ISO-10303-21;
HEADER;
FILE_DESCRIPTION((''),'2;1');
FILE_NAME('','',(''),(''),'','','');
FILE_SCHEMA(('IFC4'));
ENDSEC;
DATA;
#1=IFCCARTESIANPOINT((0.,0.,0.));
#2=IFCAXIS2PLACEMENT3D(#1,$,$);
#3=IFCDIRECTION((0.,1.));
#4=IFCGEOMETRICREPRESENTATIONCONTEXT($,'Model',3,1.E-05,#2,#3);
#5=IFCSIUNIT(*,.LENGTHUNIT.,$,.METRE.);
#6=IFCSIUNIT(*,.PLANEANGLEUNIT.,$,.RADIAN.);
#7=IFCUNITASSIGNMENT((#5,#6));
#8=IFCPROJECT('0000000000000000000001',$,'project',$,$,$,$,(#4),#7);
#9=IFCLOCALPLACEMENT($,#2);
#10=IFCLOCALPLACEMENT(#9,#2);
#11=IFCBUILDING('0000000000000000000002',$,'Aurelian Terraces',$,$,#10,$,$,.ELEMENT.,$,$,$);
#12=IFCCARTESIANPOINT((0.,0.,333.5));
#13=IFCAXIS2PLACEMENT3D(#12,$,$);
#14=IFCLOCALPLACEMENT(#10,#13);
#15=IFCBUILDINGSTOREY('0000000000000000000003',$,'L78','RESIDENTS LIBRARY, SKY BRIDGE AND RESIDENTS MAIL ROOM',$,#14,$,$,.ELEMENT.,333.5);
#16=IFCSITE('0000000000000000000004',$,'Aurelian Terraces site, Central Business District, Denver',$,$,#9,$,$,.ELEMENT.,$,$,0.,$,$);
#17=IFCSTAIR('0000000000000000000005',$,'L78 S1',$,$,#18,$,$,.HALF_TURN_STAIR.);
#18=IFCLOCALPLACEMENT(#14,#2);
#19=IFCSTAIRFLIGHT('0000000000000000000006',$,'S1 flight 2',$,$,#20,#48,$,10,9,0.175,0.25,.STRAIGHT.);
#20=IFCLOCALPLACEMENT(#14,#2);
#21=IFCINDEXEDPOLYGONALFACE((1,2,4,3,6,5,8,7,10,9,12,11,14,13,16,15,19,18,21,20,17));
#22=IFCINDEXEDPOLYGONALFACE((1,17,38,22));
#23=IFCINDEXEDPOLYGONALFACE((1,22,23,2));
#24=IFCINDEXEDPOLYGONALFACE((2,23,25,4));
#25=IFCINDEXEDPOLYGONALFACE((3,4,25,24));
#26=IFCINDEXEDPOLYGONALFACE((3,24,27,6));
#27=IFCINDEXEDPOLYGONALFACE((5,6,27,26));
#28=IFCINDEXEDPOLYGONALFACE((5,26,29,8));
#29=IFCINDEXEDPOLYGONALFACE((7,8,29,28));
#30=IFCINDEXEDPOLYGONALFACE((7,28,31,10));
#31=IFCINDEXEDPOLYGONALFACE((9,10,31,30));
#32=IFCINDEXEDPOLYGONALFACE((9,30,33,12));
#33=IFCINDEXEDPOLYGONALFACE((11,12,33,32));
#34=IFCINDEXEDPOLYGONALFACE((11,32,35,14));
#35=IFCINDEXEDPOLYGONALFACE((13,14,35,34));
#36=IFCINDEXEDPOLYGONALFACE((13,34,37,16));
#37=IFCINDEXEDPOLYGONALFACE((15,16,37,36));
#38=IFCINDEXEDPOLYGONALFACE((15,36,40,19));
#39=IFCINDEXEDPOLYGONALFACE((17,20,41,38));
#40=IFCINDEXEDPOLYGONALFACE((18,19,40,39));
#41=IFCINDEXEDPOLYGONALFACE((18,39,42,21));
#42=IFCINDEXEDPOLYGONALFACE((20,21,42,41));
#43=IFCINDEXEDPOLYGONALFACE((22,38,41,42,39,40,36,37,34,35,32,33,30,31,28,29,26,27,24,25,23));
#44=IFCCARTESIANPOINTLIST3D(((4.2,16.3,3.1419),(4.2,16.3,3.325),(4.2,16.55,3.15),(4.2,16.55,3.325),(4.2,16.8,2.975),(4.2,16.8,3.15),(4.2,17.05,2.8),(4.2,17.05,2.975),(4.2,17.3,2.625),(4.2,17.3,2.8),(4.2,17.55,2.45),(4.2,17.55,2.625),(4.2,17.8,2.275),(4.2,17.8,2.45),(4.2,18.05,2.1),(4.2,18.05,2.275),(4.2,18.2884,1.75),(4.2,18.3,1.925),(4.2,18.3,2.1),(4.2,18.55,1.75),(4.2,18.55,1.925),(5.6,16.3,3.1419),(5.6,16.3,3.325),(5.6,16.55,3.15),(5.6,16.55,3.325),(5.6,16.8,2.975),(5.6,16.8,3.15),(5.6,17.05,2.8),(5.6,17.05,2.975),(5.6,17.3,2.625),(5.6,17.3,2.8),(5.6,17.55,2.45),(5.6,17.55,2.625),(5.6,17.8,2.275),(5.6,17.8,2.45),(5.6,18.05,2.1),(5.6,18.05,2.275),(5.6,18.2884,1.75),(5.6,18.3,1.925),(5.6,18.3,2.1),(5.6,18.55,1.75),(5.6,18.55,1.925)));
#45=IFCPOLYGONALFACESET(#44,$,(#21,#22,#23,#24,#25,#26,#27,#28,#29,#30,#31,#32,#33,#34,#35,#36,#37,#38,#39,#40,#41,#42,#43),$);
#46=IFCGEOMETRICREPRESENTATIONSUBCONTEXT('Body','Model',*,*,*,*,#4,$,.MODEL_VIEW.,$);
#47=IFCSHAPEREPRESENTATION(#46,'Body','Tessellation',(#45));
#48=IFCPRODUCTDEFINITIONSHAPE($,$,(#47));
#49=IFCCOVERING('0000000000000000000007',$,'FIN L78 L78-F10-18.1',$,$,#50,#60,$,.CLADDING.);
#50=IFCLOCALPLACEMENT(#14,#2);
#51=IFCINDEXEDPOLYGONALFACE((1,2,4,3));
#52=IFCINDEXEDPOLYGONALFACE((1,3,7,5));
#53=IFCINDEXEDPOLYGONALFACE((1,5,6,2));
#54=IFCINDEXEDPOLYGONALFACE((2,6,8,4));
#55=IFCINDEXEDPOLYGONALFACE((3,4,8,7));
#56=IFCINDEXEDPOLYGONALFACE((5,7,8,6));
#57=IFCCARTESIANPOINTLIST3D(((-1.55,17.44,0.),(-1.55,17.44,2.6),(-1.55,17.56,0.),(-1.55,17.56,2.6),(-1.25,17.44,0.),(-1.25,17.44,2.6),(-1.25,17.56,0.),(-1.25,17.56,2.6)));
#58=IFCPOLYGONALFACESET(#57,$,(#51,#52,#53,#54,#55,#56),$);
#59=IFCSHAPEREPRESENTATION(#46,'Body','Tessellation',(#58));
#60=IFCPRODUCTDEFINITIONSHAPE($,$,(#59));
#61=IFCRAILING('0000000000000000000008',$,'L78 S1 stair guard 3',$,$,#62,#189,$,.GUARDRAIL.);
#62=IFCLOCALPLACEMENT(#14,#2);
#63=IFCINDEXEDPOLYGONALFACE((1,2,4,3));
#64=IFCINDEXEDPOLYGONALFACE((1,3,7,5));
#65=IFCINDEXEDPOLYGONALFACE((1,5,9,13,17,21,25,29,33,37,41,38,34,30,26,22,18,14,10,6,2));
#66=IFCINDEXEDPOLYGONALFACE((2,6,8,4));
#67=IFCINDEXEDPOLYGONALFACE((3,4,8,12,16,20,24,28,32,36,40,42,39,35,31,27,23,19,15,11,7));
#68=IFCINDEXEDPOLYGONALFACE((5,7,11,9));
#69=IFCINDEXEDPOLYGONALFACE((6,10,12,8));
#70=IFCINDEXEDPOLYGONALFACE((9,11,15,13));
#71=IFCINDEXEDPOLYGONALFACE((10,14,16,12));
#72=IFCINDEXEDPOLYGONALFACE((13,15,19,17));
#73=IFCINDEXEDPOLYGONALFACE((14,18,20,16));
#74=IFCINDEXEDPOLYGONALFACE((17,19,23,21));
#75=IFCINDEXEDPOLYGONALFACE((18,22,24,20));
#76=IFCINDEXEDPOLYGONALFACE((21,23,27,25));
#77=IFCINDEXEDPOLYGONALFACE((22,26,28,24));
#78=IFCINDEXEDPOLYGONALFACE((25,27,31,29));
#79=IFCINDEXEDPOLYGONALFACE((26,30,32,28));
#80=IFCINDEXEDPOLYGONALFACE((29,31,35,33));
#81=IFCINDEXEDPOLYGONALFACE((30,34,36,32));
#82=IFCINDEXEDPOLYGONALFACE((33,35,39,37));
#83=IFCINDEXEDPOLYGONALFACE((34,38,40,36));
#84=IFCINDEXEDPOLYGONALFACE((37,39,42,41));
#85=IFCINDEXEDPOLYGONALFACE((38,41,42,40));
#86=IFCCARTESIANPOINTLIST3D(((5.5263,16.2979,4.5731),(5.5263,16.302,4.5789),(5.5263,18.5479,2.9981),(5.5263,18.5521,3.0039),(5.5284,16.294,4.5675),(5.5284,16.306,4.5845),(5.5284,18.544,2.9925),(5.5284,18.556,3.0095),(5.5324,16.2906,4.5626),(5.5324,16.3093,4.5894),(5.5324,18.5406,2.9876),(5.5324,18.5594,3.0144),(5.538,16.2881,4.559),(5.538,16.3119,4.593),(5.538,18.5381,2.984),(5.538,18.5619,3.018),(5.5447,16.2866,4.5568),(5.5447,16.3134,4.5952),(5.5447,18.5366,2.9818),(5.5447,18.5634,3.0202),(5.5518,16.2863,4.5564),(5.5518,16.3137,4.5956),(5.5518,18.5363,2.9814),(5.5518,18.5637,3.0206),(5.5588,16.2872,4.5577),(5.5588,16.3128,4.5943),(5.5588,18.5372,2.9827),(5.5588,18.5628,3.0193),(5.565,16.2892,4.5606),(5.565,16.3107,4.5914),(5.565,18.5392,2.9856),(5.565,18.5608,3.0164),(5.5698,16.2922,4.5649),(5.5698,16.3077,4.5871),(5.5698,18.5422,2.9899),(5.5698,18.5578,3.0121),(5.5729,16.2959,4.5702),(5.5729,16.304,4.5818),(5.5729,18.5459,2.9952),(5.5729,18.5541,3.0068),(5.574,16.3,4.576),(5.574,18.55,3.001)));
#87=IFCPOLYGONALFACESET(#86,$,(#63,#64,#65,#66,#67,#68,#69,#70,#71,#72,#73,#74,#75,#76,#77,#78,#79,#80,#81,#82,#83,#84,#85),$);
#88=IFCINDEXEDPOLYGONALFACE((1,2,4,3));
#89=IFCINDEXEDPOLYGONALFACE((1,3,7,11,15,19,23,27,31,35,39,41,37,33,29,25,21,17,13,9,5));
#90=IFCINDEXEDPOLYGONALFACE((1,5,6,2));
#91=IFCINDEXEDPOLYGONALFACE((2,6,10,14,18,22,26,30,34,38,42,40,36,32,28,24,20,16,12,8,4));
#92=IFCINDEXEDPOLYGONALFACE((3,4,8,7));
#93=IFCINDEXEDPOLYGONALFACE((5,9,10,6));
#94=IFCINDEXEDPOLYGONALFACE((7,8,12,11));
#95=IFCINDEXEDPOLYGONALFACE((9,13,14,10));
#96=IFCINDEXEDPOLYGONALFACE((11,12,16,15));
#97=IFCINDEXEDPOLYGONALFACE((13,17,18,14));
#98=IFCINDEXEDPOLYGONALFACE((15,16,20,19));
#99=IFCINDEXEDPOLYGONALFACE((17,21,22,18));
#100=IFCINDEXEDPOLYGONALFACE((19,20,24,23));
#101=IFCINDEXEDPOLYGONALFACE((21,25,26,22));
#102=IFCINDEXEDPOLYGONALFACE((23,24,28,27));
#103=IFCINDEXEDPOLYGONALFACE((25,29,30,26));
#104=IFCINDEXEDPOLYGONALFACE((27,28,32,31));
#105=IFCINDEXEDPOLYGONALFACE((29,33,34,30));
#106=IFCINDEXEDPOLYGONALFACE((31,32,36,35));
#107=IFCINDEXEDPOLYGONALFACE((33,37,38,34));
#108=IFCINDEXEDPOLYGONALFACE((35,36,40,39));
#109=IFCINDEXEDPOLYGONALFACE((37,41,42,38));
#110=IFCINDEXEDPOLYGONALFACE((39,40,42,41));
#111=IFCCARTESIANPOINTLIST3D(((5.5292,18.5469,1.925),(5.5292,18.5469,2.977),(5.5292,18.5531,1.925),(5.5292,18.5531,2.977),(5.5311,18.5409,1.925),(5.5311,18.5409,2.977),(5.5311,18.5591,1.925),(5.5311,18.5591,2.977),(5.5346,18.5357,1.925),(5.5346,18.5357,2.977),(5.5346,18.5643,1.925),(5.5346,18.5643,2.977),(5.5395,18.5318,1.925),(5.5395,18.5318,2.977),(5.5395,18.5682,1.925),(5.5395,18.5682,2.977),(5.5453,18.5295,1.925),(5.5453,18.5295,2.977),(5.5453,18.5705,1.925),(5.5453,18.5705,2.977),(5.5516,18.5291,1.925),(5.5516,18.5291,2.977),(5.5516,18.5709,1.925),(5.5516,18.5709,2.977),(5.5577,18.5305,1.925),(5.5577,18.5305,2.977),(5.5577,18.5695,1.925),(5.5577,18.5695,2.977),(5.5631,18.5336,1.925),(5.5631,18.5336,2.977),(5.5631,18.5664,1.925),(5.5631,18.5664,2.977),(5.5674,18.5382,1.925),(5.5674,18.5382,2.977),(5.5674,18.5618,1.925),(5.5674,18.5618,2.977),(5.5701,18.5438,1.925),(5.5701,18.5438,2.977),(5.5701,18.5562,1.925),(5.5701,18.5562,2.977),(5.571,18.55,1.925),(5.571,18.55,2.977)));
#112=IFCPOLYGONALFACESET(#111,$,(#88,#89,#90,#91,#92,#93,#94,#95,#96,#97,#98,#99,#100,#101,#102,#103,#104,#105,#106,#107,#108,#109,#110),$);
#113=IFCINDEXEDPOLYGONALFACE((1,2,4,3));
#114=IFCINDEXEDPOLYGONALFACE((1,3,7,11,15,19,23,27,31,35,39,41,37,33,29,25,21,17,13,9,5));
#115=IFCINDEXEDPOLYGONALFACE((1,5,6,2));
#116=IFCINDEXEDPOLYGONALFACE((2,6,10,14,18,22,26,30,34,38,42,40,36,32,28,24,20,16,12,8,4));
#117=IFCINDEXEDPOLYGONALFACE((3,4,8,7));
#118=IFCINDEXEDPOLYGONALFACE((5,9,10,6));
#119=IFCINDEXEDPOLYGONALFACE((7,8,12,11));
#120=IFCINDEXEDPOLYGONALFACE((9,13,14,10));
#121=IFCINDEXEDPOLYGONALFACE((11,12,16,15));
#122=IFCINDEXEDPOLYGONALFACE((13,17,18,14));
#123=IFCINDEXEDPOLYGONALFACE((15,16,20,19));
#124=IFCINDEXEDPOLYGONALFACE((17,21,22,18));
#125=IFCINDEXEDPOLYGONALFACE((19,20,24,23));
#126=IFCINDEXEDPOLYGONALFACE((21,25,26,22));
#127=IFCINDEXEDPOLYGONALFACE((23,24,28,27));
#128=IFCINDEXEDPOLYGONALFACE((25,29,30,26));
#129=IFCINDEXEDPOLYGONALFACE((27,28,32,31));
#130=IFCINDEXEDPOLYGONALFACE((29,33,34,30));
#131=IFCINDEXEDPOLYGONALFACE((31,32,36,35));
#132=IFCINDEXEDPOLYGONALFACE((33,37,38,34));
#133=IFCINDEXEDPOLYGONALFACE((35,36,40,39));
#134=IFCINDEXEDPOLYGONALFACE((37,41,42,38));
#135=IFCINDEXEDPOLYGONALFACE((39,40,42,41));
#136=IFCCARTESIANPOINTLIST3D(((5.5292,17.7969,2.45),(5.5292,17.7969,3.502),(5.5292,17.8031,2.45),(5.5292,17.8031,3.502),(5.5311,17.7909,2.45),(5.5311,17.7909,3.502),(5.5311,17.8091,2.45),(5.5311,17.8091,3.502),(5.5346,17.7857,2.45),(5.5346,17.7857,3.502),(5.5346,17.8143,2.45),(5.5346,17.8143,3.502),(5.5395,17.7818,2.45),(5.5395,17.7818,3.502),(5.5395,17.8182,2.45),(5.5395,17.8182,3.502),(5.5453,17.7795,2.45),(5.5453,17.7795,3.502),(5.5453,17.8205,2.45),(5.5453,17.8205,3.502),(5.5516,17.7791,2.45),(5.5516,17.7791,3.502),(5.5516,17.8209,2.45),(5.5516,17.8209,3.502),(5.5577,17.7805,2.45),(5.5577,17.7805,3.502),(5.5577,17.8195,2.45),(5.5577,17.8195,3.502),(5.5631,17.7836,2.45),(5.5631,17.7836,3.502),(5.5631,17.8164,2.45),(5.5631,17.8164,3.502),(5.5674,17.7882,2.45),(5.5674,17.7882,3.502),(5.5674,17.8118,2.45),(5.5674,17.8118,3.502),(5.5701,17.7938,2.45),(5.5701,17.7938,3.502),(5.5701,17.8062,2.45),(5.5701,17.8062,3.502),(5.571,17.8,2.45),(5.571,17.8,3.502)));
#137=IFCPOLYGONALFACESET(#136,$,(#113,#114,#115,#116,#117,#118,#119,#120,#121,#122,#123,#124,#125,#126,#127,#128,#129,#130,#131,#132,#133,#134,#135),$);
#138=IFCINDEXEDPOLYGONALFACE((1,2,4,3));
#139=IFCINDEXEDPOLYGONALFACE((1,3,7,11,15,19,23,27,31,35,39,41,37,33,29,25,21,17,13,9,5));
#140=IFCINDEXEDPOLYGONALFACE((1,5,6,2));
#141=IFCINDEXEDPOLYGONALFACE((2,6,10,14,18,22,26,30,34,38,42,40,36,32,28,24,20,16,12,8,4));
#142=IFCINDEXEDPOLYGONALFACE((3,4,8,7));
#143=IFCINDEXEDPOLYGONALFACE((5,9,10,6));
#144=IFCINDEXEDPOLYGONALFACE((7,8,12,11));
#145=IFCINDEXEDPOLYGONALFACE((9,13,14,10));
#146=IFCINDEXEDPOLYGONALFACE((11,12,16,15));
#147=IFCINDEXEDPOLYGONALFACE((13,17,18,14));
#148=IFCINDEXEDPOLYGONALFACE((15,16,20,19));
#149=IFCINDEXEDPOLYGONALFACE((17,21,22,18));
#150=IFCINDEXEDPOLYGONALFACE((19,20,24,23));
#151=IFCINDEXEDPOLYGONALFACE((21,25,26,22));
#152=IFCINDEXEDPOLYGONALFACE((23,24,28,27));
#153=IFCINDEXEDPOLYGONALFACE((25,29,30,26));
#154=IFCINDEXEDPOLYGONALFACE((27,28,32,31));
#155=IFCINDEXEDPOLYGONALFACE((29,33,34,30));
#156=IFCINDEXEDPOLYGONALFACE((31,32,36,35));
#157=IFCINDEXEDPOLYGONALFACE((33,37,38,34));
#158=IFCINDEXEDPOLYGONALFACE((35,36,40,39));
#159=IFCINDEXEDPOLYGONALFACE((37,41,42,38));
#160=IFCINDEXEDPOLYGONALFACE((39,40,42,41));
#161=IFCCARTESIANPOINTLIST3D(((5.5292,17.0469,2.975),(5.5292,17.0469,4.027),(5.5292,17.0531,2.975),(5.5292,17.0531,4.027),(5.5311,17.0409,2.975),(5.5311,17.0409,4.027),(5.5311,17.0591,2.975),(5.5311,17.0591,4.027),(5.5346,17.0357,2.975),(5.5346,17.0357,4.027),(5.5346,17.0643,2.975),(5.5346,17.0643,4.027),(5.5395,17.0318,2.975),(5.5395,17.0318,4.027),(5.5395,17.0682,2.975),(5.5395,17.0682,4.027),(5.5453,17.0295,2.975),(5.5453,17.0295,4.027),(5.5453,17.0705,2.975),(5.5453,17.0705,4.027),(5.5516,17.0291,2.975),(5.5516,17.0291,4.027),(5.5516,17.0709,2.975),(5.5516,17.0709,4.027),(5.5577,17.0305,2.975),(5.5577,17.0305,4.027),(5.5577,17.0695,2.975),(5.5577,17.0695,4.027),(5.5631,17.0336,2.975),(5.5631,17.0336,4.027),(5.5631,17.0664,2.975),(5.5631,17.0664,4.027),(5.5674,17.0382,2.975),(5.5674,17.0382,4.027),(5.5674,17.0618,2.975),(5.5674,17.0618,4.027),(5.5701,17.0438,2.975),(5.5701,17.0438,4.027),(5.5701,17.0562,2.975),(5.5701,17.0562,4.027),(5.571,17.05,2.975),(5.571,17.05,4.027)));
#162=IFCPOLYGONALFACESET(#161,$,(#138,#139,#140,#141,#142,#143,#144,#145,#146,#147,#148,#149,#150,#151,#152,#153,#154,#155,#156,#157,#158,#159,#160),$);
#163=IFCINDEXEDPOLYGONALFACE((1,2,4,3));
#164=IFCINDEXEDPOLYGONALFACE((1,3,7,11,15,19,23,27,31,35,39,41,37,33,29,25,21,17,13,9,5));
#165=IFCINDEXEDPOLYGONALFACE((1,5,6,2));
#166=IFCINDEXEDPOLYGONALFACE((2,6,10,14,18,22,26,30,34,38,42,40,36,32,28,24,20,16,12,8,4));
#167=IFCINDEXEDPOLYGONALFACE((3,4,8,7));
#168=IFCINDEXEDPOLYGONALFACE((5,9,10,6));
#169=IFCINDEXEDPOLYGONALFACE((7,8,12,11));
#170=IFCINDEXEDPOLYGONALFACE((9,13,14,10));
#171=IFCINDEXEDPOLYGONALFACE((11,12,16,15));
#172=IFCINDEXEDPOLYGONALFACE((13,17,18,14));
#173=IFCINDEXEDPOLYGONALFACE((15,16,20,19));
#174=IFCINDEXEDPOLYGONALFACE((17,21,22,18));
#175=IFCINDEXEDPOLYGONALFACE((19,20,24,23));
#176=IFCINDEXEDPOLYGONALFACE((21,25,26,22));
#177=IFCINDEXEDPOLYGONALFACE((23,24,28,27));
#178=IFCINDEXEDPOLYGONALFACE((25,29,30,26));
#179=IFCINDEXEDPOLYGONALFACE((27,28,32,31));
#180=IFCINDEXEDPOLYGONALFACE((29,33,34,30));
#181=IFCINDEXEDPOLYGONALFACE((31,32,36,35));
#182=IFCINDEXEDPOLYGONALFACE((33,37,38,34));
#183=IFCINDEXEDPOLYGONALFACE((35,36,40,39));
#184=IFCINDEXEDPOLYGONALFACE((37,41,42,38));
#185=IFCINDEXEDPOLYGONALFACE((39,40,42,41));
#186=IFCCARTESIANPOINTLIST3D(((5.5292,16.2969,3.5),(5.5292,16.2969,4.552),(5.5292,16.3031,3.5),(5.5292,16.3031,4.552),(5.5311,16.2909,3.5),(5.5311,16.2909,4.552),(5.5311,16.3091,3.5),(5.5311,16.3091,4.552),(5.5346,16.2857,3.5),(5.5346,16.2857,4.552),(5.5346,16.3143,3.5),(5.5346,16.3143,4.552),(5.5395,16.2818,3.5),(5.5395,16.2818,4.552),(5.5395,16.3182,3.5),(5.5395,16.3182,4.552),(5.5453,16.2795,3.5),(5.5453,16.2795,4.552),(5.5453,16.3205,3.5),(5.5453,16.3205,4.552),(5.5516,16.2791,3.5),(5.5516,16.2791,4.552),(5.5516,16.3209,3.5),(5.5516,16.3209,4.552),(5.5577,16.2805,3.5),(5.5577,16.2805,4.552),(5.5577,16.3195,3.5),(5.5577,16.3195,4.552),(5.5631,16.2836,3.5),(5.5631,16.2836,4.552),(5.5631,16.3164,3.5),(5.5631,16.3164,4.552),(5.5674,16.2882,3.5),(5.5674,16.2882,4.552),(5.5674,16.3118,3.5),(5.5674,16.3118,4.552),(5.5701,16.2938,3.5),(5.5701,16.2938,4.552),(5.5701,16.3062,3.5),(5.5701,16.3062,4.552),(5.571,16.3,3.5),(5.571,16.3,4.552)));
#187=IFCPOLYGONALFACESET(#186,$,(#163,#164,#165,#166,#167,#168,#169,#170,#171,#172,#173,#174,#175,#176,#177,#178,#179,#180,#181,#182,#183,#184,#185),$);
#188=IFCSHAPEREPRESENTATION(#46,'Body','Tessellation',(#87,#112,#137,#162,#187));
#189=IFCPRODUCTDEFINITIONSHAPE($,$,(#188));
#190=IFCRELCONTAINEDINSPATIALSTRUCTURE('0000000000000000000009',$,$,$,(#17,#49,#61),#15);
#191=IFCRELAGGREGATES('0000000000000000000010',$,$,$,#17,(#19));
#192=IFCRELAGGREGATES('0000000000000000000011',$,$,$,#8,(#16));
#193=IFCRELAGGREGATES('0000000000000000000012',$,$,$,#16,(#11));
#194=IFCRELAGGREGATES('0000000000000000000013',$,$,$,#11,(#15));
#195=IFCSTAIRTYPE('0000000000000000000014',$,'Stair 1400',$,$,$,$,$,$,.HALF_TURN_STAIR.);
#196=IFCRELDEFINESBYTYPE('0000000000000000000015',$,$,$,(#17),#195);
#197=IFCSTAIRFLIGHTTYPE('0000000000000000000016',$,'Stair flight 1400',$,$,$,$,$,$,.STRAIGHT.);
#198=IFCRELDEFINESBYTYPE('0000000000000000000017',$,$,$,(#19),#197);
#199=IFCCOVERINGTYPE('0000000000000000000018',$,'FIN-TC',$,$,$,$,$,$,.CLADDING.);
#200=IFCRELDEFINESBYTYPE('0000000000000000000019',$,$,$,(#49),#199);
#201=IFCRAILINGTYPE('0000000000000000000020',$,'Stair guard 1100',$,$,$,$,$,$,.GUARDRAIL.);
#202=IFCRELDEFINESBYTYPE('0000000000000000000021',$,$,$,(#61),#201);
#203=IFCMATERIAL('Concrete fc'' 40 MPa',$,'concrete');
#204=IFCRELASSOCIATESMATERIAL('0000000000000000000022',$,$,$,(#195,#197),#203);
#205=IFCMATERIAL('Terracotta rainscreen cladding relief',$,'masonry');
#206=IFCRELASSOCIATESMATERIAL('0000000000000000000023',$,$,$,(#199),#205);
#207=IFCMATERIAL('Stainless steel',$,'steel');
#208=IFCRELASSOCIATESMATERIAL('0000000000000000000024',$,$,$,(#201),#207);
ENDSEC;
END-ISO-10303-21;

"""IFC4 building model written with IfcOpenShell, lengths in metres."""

from ifc_helpers import new_model, si_unit, direction, frame, origin, origin_2d, place, context, subcontext, project, spatial, polyline, rectangle, circle, outline, extrude, source, transform, mapped, material, type_object, element, aggregate, save


model = new_model("IFC4")

# Units and contexts
model_context = context("Model", 3, precision=1e-05, world=origin(), true_north=direction((0.0, 1.0)))
body_context = subcontext(model_context, "Body", "Model", "MODEL_VIEW")
ifc_project = project(units=[si_unit("LENGTHUNIT", "METRE"), si_unit("PLANEANGLEUNIT", "RADIAN")], contexts=[model_context])

# Site, building, storey
site_placement = place(None, origin())
site = spatial("IfcSite", under=ifc_project, at=site_placement, Name="Aurelian Terraces site, Central Business District, Denver", CompositionType="ELEMENT", RefElevation=0.0)
building_placement = place(site_placement, origin())
building = spatial("IfcBuilding", under=site, at=building_placement, Name="Aurelian Terraces", CompositionType="ELEMENT")
storey_placement = place(building_placement, frame((0.0, 0.0, 333.5)))
storey = spatial("IfcBuildingStorey", under=building, at=storey_placement, Name="L78", Description="RESIDENTS LIBRARY, SKY BRIDGE AND RESIDENTS MAIL ROOM", CompositionType="ELEMENT", Elevation=333.5)

# Shared definitions
ifc_material_1 = material(Name="Concrete fc' 40 MPa", Category="concrete")

# Stair, stair flight
stair_type = type_object("IfcStairType", Name="Stair 1400", PredefinedType="HALF_TURN_STAIR", material=ifc_material_1)
stair_placement = place(storey_placement, origin())
stair = element("IfcStair", 1, at=stair_placement, inside=storey, type_object=stair_type, Name="L78 S1", PredefinedType="HALF_TURN_STAIR")
stair_flight_type = type_object("IfcStairFlightType", Name="Stair flight 1400", PredefinedType="STRAIGHT", material=ifc_material_1)
shared_shape_1 = source(origin(), body_context, "Body", "SweptSolid", [
    extrude(outline(polyline([(0.0, 0.0), (0.0, 0.175), (0.25, 0.175), (0.25, 0.35), (0.5, 0.35), (0.5, 0.525), (0.75, 0.525), (0.75, 0.7), (1.0, 0.7), (1.0, 0.875), (1.25, 0.875), (1.25, 1.05), (1.5, 1.05), (1.5, 1.225), (1.75, 1.225), (1.75, 1.4), (2.0, 1.4), (2.0, 1.575), (2.25, 1.575), (2.25, 1.75), (2.25, 1.3919), (0.2616, 0.0), (0.0, 0.0)])), frame((0.0, 0.7, 0.0), z_axis=(0.0, -1.0, 0.0), x_axis=(1.0, 0.0, 0.0)), (0.0, 0.0, 1.0), 1.4),
])
stair_flight_placement = place(storey_placement, frame((4.9, 18.55, 1.75), z_axis=(0.0, 0.0, 1.0), x_axis=(0.0, -1.0, 0.0)))
stair_flight = element("IfcStairFlight", 2, at=stair_flight_placement, type_object=stair_flight_type, Name="S1 flight 2", NumberOfRisers=10, NumberOfTreads=9, PredefinedType="STRAIGHT", RiserHeight=0.175, TreadLength=0.25, context=body_context, shape_type="MappedRepresentation", body=[
    mapped(shared_shape_1, transform((0.0, 0.0, 0.0), scale=1.0)),
])
aggregate(stair, [stair_flight])

# Covering
ifc_material_2 = material(Name="Terracotta rainscreen cladding relief", Category="masonry")
covering_type = type_object("IfcCoveringType", Name="FIN-TC", PredefinedType="CLADDING", material=ifc_material_2)
shared_shape_2 = source(origin(), body_context, "Body", "SweptSolid", [
    extrude(rectangle(XDim=0.3, YDim=0.12, at=origin_2d()), origin(), (0.0, 0.0, 1.0), 2.6),
])
covering_placement = place(storey_placement, frame((-1.4, 17.5, 0.0), z_axis=(0.0, 0.0, 1.0), x_axis=(1.0, 0.0, 0.0)))
element("IfcCovering", 3, at=covering_placement, inside=storey, type_object=covering_type, Name="FIN L78 L78-F10-18.1", PredefinedType="CLADDING", context=body_context, shape_type="MappedRepresentation", body=[
    mapped(shared_shape_2, transform((0.0, 0.0, 0.0), scale=1.0)),
])

# Railing
ifc_material_3 = material(Name="Stainless steel", Category="steel")
railing_type_1 = type_object("IfcRailingType", Name="Stair guard 1100", PredefinedType="GUARDRAIL", material=ifc_material_3)
shared_shape_3 = source(origin(), body_context, "Body", "SweptSolid", [
    extrude(circle(Radius=0.024, at=origin_2d()), frame((0.0, 0.0, 1.076), z_axis=(0.0, -0.819232, 0.573462), x_axis=(1.0, 0.0, 0.0)), (0.0, 0.0, 1.0), 2.7465),
    extrude(circle(Radius=0.021, at=origin_2d()), origin(), (0.0, 0.0, 1.0), 1.052),
    extrude(circle(Radius=0.021, at=origin_2d()), frame((0.0, -0.75, 0.525)), (0.0, 0.0, 1.0), 1.052),
    extrude(circle(Radius=0.021, at=origin_2d()), frame((0.0, -1.5, 1.05)), (0.0, 0.0, 1.0), 1.052),
    extrude(circle(Radius=0.021, at=origin_2d()), frame((0.0, -2.25, 1.575)), (0.0, 0.0, 1.0), 1.052),
])
railing_1_placement = place(storey_placement, frame((5.55, 18.55, 1.925)))
element("IfcRailing", 4, at=railing_1_placement, inside=storey, type_object=railing_type_1, Name="L78 S1 stair guard 3", PredefinedType="GUARDRAIL", context=body_context, shape_type="MappedRepresentation", body=[
    mapped(shared_shape_3, transform((0.0, 0.0, 0.0), scale=1.0)),
])

save(model, "model.ifc")
